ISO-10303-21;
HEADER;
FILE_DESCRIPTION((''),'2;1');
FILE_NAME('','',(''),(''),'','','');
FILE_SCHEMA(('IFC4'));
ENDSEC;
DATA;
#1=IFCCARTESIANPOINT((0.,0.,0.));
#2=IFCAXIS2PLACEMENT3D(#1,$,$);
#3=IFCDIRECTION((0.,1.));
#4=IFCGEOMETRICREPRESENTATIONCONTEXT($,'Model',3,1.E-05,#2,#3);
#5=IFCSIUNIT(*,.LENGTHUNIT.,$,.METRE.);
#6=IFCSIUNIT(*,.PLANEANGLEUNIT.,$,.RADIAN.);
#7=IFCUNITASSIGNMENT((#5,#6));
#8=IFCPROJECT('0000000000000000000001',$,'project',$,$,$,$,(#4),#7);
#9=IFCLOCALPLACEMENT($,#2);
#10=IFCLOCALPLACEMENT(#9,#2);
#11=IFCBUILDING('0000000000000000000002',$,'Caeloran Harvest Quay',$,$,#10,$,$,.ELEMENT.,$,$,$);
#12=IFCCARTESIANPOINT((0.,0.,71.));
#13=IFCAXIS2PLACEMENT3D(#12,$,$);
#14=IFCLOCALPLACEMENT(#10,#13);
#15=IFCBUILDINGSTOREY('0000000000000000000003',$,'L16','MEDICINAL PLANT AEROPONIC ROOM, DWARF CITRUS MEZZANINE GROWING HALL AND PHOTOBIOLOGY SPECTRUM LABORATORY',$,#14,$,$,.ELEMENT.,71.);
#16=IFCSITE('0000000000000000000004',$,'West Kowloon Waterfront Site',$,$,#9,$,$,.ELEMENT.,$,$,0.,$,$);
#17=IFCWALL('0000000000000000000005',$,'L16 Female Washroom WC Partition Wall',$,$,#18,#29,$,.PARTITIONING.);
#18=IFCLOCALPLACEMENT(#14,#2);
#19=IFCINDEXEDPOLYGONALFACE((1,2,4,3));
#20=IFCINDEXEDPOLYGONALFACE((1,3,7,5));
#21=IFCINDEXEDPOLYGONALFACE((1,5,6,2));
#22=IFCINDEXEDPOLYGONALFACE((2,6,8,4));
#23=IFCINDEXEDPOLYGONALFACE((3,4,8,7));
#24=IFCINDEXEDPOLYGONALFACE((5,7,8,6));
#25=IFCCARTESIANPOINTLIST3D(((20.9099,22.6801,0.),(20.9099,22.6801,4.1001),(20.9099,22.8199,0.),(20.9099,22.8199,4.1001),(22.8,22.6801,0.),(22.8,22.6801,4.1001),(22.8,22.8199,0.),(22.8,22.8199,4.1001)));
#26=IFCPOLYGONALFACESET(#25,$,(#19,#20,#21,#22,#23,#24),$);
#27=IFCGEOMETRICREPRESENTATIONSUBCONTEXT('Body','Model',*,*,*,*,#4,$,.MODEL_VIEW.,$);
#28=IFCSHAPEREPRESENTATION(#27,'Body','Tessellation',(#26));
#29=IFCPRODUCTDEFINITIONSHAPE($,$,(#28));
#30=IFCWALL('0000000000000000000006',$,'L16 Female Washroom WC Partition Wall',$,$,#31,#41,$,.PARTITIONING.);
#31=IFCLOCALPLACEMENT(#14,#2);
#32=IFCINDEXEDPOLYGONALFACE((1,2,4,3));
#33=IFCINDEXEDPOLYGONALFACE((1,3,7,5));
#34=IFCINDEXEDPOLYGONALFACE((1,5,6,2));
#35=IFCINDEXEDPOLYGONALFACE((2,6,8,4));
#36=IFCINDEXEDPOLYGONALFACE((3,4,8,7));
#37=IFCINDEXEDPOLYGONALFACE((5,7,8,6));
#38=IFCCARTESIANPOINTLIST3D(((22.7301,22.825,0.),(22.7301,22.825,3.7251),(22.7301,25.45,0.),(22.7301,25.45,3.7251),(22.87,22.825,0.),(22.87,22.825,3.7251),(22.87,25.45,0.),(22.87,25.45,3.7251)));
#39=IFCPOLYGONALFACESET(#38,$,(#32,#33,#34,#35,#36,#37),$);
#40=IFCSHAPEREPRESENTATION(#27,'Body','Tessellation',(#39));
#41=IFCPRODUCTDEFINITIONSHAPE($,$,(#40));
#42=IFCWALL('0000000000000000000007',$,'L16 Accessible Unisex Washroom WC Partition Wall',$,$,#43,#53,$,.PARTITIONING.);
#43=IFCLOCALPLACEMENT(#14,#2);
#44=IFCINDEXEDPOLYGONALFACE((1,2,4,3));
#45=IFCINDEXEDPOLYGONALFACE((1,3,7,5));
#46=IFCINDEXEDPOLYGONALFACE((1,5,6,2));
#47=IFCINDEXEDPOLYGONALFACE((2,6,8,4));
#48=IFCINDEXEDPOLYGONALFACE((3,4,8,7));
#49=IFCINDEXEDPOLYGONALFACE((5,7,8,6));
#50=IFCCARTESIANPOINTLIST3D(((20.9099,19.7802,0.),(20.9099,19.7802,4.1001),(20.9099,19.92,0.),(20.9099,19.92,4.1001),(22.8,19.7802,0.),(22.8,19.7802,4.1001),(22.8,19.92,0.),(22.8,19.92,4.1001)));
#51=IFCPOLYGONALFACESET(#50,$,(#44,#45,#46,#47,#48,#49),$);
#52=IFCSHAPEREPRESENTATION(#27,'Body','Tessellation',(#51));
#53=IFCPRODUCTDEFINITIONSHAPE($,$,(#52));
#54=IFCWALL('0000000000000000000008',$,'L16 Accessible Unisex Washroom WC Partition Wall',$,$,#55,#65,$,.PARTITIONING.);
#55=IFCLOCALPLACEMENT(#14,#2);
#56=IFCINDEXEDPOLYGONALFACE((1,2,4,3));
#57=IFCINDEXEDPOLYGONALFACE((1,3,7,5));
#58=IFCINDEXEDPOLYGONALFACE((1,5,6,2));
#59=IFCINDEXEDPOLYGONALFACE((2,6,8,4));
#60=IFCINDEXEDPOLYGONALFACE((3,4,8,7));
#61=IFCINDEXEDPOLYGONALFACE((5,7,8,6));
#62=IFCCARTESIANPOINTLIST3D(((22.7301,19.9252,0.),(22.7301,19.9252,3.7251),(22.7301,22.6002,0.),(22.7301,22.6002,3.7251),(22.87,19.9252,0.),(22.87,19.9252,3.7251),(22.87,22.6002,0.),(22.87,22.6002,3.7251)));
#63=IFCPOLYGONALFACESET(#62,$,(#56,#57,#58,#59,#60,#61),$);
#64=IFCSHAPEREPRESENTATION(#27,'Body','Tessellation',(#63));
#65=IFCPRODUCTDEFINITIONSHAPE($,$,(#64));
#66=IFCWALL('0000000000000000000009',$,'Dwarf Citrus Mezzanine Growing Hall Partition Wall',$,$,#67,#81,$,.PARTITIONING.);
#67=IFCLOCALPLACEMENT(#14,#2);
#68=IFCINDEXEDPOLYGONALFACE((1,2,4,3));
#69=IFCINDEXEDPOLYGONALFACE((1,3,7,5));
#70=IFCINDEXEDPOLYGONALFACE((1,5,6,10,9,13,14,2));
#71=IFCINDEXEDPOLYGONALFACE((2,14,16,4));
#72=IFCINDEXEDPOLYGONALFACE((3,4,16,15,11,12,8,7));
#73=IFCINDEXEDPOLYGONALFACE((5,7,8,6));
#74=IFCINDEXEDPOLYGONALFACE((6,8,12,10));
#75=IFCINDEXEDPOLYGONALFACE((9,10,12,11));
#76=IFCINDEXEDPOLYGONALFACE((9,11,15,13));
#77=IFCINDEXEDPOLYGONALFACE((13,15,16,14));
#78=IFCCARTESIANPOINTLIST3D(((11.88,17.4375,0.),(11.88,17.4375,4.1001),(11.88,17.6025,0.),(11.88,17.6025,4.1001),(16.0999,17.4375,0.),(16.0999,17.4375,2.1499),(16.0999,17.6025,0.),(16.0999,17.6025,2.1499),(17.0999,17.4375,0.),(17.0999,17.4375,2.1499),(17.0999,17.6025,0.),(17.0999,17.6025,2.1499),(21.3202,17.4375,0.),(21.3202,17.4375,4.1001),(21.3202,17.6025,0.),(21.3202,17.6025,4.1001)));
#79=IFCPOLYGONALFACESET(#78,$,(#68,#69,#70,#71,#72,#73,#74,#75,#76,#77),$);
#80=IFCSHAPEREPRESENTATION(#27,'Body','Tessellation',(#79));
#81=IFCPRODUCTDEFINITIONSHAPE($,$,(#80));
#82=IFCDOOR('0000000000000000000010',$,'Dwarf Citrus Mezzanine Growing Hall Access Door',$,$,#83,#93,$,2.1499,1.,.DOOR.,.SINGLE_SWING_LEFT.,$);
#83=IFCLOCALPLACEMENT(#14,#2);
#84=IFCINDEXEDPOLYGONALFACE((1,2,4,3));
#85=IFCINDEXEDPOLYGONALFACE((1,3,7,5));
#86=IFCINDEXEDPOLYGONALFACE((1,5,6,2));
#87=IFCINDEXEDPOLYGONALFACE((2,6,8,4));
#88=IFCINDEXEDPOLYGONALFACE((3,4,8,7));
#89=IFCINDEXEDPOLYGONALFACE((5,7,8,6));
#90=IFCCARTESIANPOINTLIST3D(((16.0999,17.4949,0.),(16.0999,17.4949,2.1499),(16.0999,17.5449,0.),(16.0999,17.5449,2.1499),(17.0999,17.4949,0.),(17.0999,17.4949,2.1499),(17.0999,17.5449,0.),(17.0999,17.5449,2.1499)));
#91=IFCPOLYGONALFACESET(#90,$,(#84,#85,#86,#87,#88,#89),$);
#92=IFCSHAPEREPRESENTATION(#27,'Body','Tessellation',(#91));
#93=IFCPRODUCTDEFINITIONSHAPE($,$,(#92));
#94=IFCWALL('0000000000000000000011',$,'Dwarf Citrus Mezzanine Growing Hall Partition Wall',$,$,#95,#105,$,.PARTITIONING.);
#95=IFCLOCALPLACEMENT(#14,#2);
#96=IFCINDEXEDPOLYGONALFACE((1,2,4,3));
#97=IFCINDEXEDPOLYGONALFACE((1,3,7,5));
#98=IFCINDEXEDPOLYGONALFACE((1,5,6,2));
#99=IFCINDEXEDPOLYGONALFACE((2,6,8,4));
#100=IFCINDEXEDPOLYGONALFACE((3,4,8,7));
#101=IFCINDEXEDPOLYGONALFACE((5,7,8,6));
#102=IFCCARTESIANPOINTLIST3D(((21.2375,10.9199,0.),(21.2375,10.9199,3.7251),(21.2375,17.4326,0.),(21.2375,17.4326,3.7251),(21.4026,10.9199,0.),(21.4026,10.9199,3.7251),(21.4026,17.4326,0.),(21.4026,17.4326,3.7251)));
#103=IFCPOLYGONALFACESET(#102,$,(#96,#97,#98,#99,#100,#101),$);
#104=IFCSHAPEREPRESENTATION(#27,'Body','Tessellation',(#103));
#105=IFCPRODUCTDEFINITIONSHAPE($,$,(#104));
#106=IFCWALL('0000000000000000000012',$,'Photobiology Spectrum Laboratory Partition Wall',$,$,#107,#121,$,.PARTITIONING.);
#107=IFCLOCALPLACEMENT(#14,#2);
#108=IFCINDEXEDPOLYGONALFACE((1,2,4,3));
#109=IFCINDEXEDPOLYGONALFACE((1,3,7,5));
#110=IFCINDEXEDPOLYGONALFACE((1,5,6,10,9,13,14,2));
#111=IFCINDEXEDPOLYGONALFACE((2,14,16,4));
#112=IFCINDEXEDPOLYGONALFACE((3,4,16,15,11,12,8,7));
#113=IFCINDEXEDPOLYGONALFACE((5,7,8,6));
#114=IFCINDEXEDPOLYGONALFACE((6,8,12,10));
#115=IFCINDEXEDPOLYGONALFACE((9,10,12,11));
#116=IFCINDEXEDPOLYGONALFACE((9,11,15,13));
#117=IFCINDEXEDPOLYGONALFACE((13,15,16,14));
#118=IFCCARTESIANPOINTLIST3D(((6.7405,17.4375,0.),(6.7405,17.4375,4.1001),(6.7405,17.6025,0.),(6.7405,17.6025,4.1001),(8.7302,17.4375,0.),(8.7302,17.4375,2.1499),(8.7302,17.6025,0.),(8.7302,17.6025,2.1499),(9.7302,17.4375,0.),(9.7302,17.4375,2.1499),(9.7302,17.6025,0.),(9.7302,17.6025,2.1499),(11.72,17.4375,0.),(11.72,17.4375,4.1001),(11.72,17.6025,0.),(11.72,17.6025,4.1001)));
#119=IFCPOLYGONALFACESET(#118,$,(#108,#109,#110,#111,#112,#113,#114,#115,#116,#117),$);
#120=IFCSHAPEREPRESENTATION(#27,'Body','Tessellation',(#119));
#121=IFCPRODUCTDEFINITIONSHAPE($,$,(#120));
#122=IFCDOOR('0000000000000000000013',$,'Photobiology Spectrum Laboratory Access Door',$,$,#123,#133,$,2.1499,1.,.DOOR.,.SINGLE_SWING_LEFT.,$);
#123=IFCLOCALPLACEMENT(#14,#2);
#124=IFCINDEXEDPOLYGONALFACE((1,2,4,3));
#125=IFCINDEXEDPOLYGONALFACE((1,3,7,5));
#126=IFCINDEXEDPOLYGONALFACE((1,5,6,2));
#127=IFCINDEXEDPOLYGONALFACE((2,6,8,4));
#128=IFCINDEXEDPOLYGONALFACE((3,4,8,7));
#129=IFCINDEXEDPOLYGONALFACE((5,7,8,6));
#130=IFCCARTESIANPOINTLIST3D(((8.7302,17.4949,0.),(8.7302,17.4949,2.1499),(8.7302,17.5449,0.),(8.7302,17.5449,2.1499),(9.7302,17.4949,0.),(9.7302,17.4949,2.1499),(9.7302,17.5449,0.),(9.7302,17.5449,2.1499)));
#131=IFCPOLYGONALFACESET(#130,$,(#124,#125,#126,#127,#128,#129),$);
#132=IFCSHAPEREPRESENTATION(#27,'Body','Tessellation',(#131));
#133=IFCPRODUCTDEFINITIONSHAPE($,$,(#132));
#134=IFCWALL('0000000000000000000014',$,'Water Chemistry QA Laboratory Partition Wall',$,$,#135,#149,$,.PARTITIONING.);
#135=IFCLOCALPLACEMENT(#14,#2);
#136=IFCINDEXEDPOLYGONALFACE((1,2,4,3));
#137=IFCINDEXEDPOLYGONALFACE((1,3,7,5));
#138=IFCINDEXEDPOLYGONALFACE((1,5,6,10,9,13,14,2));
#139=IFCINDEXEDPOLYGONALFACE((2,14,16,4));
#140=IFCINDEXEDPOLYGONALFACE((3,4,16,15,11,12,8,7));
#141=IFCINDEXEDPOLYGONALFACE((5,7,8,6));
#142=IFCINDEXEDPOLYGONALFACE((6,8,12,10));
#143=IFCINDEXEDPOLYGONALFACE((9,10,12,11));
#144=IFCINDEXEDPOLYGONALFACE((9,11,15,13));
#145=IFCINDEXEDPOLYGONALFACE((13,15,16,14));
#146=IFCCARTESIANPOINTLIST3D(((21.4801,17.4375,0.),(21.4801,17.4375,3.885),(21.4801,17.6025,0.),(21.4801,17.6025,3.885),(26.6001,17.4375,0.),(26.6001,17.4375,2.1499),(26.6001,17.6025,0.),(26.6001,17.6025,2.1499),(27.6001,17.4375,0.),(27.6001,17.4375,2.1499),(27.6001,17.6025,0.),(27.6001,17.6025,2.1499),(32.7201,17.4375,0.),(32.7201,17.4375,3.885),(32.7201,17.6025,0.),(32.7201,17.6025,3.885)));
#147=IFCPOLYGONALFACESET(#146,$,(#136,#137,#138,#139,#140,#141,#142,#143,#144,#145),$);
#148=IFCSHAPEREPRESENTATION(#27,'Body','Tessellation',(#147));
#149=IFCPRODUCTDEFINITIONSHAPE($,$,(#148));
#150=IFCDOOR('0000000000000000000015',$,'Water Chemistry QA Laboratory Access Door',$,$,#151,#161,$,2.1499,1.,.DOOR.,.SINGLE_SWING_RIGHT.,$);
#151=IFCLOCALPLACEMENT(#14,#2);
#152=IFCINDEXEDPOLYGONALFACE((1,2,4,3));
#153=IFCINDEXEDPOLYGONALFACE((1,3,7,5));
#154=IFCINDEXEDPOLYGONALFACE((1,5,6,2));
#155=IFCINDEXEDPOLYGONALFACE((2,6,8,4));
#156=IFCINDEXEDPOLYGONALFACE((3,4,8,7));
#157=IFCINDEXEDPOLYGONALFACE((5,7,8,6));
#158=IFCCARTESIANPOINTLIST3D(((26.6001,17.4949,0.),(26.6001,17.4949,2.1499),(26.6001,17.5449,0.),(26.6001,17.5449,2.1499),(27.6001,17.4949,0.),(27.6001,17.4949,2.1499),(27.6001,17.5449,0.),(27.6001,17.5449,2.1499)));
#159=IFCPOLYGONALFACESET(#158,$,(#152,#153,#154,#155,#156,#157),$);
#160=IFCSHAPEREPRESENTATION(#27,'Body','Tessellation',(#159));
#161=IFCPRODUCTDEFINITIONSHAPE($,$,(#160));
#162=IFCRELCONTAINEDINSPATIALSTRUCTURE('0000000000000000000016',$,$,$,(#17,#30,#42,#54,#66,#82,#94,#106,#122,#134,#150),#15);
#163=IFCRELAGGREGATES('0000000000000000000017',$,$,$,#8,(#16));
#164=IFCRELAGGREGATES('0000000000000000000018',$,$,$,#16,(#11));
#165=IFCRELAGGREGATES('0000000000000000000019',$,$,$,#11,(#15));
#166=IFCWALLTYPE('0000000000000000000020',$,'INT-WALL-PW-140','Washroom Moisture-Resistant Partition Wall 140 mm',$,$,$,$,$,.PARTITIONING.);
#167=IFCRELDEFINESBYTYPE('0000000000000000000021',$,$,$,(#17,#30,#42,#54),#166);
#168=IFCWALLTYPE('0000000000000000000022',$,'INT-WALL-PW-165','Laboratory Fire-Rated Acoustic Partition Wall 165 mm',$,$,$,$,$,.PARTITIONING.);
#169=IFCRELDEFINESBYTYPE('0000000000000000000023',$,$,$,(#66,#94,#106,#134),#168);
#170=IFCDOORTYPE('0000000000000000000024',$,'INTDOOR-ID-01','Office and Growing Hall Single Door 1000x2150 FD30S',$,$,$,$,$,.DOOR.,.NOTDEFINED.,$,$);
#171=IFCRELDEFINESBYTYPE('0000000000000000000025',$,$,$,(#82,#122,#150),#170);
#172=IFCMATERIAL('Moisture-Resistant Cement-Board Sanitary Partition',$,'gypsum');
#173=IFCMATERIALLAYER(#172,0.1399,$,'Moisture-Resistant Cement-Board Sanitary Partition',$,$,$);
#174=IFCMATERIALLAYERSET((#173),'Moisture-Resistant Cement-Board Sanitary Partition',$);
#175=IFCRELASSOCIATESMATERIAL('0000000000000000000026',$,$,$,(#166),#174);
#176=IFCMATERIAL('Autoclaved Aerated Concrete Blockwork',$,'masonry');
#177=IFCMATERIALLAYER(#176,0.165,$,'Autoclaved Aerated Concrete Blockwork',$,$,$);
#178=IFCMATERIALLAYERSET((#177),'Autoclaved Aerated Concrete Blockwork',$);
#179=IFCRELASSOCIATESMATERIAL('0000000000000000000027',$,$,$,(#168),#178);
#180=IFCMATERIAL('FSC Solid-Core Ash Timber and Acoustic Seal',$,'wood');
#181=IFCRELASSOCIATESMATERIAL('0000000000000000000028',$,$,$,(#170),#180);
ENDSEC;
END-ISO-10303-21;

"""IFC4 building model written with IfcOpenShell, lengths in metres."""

from ifc_helpers import new_model, si_unit, direction, frame, frame_2d, origin, place, context, subcontext, project, spatial, rectangle, extrude, material, layer, layer_set, type_object, element, fill, save


model = new_model("IFC4")

# Units and contexts
model_context = context("Model", 3, precision=1e-05, world=origin(), true_north=direction((0.0, 1.0)))
body_context = subcontext(model_context, "Body", "Model", "MODEL_VIEW")
ifc_project = project(units=[si_unit("LENGTHUNIT", "METRE"), si_unit("PLANEANGLEUNIT", "RADIAN")], contexts=[model_context])

# Site, building, storey
site_placement = place(None, origin())
site = spatial("IfcSite", under=ifc_project, at=site_placement, Name="West Kowloon Waterfront Site", CompositionType="ELEMENT", RefElevation=0.0)
building_placement = place(site_placement, origin())
building = spatial("IfcBuilding", under=site, at=building_placement, Name="Caeloran Harvest Quay", CompositionType="ELEMENT")
storey_placement = place(building_placement, frame((0.0, 0.0, 71.0)))
storey = spatial("IfcBuildingStorey", under=building, at=storey_placement, Name="L16", Description="MEDICINAL PLANT AEROPONIC ROOM, DWARF CITRUS MEZZANINE GROWING HALL AND PHOTOBIOLOGY SPECTRUM LABORATORY", CompositionType="ELEMENT", Elevation=71.0)

# Wall
ifc_material_1 = material(Name="Moisture-Resistant Cement-Board Sanitary Partition", Category="gypsum")
ifc_layer_1 = layer(ifc_material_1, 0.1399, Name="Moisture-Resistant Cement-Board Sanitary Partition")
ifc_layer_set_1 = layer_set([ifc_layer_1], Name="Moisture-Resistant Cement-Board Sanitary Partition")
wall_type_1 = type_object("IfcWallType", Name="INT-WALL-PW-140", Description="Washroom Moisture-Resistant Partition Wall 140 mm", PredefinedType="PARTITIONING", material=ifc_layer_set_1)
wall_1_placement = place(storey_placement, frame((22.8, 22.75, 0.0), z_axis=(0.0, 0.0, 1.0), x_axis=(-1.0, 0.0, 0.0)))
element("IfcWall", 1, at=wall_1_placement, inside=storey, type_object=wall_type_1, Name="L16 Female Washroom WC Partition Wall", PredefinedType="PARTITIONING", context=body_context, shape_type="SweptSolid", body=[
    extrude(rectangle(XDim=1.8901, YDim=0.1399, at=frame_2d((0.9451, 0.0))), origin(), (0.0, 0.0, 1.0), 4.1001),
])

# Walls
wall_2_placement = place(storey_placement, frame((22.8, 25.45, 0.0), z_axis=(0.0, 0.0, 1.0), x_axis=(0.0, -1.0, 0.0)))
element("IfcWall", 2, at=wall_2_placement, inside=storey, type_object=wall_type_1, Name="L16 Female Washroom WC Partition Wall", PredefinedType="PARTITIONING", context=body_context, shape_type="SweptSolid", body=[
    extrude(rectangle(XDim=2.625, YDim=0.1399, at=frame_2d((1.3125, 0.0))), origin(), (0.0, 0.0, 1.0), 3.7251),
])
wall_3_placement = place(storey_placement, frame((22.8, 19.8501, 0.0), z_axis=(0.0, 0.0, 1.0), x_axis=(-1.0, 0.0, 0.0)))
element("IfcWall", 3, at=wall_3_placement, inside=storey, type_object=wall_type_1, Name="L16 Accessible Unisex Washroom WC Partition Wall", PredefinedType="PARTITIONING", context=body_context, shape_type="SweptSolid", body=[
    extrude(rectangle(XDim=1.8901, YDim=0.1399, at=frame_2d((0.9451, 0.0))), origin(), (0.0, 0.0, 1.0), 4.1001),
])

# Wall
wall_4_placement = place(storey_placement, frame((22.8, 22.6001, 0.0), z_axis=(0.0, 0.0, 1.0), x_axis=(0.0, -1.0, 0.0)))
element("IfcWall", 4, at=wall_4_placement, inside=storey, type_object=wall_type_1, Name="L16 Accessible Unisex Washroom WC Partition Wall", PredefinedType="PARTITIONING", context=body_context, shape_type="SweptSolid", body=[
    extrude(rectangle(XDim=2.675, YDim=0.1399, at=frame_2d((1.3374, 0.0))), origin(), (0.0, 0.0, 1.0), 3.7251),
])

# Wall, opening, door
ifc_material_2 = material(Name="Autoclaved Aerated Concrete Blockwork", Category="masonry")
ifc_layer_2 = layer(ifc_material_2, 0.165, Name="Autoclaved Aerated Concrete Blockwork")
ifc_layer_set_2 = layer_set([ifc_layer_2], Name="Autoclaved Aerated Concrete Blockwork")
wall_type_2 = type_object("IfcWallType", Name="INT-WALL-PW-165", Description="Laboratory Fire-Rated Acoustic Partition Wall 165 mm", PredefinedType="PARTITIONING", material=ifc_layer_set_2)
wall_5_placement = place(storey_placement, frame((11.8799, 17.52, 0.0), z_axis=(0.0, 0.0, 1.0), x_axis=(1.0, 0.0, 0.0)))
wall_5 = element("IfcWall", 5, at=wall_5_placement, inside=storey, type_object=wall_type_2, Name="Dwarf Citrus Mezzanine Growing Hall Partition Wall", PredefinedType="PARTITIONING", context=body_context, shape_type="SweptSolid", body=[
    extrude(rectangle(XDim=9.4402, YDim=0.165, at=frame_2d((4.7202, 0.0))), origin(), (0.0, 0.0, 1.0), 4.1001),
])
opening_1_placement = place(wall_5_placement, frame((4.22, 0.0, 0.0)))
opening_1 = element("IfcOpeningElement", 6, at=opening_1_placement, cuts=wall_5, PredefinedType="OPENING", context=body_context, shape_type="SweptSolid", body=[
    extrude(rectangle(XDim=1.0, YDim=2.1499, at=frame_2d((0.5, 1.075))), frame((0.0, 0.0925, 0.0), z_axis=(0.0, -1.0, 0.0), x_axis=(1.0, 0.0, 0.0)), (0.0, 0.0, 1.0), 0.1851),
])
ifc_material_3 = material(Name="FSC Solid-Core Ash Timber and Acoustic Seal", Category="wood")
door_type_1 = type_object("IfcDoorType", Name="INTDOOR-ID-01", Description="Office and Growing Hall Single Door 1000x2150 FD30S", OperationType="NOTDEFINED", PredefinedType="DOOR", material=ifc_material_3)
door_1_placement = place(opening_1_placement, origin())
door_1 = element("IfcDoor", 7, at=door_1_placement, inside=storey, type_object=door_type_1, Name="Dwarf Citrus Mezzanine Growing Hall Access Door", OperationType="SINGLE_SWING_LEFT", OverallHeight=2.1499, OverallWidth=1.0, PredefinedType="DOOR", context=body_context, shape_type="SweptSolid", body=[
    extrude(rectangle(XDim=1.0, YDim=2.1499, at=frame_2d((0.5, 1.075))), frame((0.0, 0.0249, 0.0), z_axis=(0.0, -1.0, 0.0), x_axis=(1.0, 0.0, 0.0)), (0.0, 0.0, 1.0), 0.05),
])
fill(opening_1, door_1)

# Wall
wall_6_placement = place(storey_placement, frame((21.3201, 17.4326, 0.0), z_axis=(0.0, 0.0, 1.0), x_axis=(0.0, -1.0, 0.0)))
element("IfcWall", 8, at=wall_6_placement, inside=storey, type_object=wall_type_2, Name="Dwarf Citrus Mezzanine Growing Hall Partition Wall", PredefinedType="PARTITIONING", context=body_context, shape_type="SweptSolid", body=[
    extrude(rectangle(XDim=6.5127, YDim=0.165, at=frame_2d((3.2563, 0.0))), origin(), (0.0, 0.0, 1.0), 3.7251),
])

# Walls, openings, doors
wall_7_placement = place(storey_placement, frame((6.7405, 17.52, 0.0), z_axis=(0.0, 0.0, 1.0), x_axis=(1.0, 0.0, 0.0)))
wall_7 = element("IfcWall", 9, at=wall_7_placement, inside=storey, type_object=wall_type_2, Name="Photobiology Spectrum Laboratory Partition Wall", PredefinedType="PARTITIONING", context=body_context, shape_type="SweptSolid", body=[
    extrude(rectangle(XDim=4.9795, YDim=0.165, at=frame_2d((2.4897, 0.0))), origin(), (0.0, 0.0, 1.0), 4.1001),
])
opening_2_placement = place(wall_7_placement, frame((1.9897, 0.0, 0.0)))
opening_2 = element("IfcOpeningElement", 10, at=opening_2_placement, cuts=wall_7, PredefinedType="OPENING", context=body_context, shape_type="SweptSolid", body=[
    extrude(rectangle(XDim=1.0, YDim=2.1499, at=frame_2d((0.5, 1.075))), frame((0.0, 0.0925, 0.0), z_axis=(0.0, -1.0, 0.0), x_axis=(1.0, 0.0, 0.0)), (0.0, 0.0, 1.0), 0.1851),
])
door_2_placement = place(opening_2_placement, origin())
door_2 = element("IfcDoor", 11, at=door_2_placement, inside=storey, type_object=door_type_1, Name="Photobiology Spectrum Laboratory Access Door", OperationType="SINGLE_SWING_LEFT", OverallHeight=2.1499, OverallWidth=1.0, PredefinedType="DOOR", context=body_context, shape_type="SweptSolid", body=[
    extrude(rectangle(XDim=1.0, YDim=2.1499, at=frame_2d((0.5, 1.075))), frame((0.0, 0.0249, 0.0), z_axis=(0.0, -1.0, 0.0), x_axis=(1.0, 0.0, 0.0)), (0.0, 0.0, 1.0), 0.05),
])
fill(opening_2, door_2)
wall_8_placement = place(storey_placement, frame((21.48, 17.52, 0.0), z_axis=(0.0, 0.0, 1.0), x_axis=(1.0, 0.0, 0.0)))
wall_8 = element("IfcWall", 12, at=wall_8_placement, inside=storey, type_object=wall_type_2, Name="Water Chemistry QA Laboratory Partition Wall", PredefinedType="PARTITIONING", context=body_context, shape_type="SweptSolid", body=[
    extrude(rectangle(XDim=11.24, YDim=0.165, at=frame_2d((5.6201, 0.0))), origin(), (0.0, 0.0, 1.0), 3.885),
])
opening_3_placement = place(wall_8_placement, frame((5.1201, 0.0, 0.0)))
opening_3 = element("IfcOpeningElement", 13, at=opening_3_placement, cuts=wall_8, PredefinedType="OPENING", context=body_context, shape_type="SweptSolid", body=[
    extrude(rectangle(XDim=1.0, YDim=2.1499, at=frame_2d((0.5, 1.075))), frame((0.0, 0.0925, 0.0), z_axis=(0.0, -1.0, 0.0), x_axis=(1.0, 0.0, 0.0)), (0.0, 0.0, 1.0), 0.1851),
])
door_3_placement = place(opening_3_placement, origin())
door_3 = element("IfcDoor", 14, at=door_3_placement, inside=storey, type_object=door_type_1, Name="Water Chemistry QA Laboratory Access Door", OperationType="SINGLE_SWING_RIGHT", OverallHeight=2.1499, OverallWidth=1.0, PredefinedType="DOOR", context=body_context, shape_type="SweptSolid", body=[
    extrude(rectangle(XDim=1.0, YDim=2.1499, at=frame_2d((0.5, 1.075))), frame((0.0, 0.0249, 0.0), z_axis=(0.0, -1.0, 0.0), x_axis=(1.0, 0.0, 0.0)), (0.0, 0.0, 1.0), 0.05),
])
fill(opening_3, door_3)

save(model, "model.ifc")
